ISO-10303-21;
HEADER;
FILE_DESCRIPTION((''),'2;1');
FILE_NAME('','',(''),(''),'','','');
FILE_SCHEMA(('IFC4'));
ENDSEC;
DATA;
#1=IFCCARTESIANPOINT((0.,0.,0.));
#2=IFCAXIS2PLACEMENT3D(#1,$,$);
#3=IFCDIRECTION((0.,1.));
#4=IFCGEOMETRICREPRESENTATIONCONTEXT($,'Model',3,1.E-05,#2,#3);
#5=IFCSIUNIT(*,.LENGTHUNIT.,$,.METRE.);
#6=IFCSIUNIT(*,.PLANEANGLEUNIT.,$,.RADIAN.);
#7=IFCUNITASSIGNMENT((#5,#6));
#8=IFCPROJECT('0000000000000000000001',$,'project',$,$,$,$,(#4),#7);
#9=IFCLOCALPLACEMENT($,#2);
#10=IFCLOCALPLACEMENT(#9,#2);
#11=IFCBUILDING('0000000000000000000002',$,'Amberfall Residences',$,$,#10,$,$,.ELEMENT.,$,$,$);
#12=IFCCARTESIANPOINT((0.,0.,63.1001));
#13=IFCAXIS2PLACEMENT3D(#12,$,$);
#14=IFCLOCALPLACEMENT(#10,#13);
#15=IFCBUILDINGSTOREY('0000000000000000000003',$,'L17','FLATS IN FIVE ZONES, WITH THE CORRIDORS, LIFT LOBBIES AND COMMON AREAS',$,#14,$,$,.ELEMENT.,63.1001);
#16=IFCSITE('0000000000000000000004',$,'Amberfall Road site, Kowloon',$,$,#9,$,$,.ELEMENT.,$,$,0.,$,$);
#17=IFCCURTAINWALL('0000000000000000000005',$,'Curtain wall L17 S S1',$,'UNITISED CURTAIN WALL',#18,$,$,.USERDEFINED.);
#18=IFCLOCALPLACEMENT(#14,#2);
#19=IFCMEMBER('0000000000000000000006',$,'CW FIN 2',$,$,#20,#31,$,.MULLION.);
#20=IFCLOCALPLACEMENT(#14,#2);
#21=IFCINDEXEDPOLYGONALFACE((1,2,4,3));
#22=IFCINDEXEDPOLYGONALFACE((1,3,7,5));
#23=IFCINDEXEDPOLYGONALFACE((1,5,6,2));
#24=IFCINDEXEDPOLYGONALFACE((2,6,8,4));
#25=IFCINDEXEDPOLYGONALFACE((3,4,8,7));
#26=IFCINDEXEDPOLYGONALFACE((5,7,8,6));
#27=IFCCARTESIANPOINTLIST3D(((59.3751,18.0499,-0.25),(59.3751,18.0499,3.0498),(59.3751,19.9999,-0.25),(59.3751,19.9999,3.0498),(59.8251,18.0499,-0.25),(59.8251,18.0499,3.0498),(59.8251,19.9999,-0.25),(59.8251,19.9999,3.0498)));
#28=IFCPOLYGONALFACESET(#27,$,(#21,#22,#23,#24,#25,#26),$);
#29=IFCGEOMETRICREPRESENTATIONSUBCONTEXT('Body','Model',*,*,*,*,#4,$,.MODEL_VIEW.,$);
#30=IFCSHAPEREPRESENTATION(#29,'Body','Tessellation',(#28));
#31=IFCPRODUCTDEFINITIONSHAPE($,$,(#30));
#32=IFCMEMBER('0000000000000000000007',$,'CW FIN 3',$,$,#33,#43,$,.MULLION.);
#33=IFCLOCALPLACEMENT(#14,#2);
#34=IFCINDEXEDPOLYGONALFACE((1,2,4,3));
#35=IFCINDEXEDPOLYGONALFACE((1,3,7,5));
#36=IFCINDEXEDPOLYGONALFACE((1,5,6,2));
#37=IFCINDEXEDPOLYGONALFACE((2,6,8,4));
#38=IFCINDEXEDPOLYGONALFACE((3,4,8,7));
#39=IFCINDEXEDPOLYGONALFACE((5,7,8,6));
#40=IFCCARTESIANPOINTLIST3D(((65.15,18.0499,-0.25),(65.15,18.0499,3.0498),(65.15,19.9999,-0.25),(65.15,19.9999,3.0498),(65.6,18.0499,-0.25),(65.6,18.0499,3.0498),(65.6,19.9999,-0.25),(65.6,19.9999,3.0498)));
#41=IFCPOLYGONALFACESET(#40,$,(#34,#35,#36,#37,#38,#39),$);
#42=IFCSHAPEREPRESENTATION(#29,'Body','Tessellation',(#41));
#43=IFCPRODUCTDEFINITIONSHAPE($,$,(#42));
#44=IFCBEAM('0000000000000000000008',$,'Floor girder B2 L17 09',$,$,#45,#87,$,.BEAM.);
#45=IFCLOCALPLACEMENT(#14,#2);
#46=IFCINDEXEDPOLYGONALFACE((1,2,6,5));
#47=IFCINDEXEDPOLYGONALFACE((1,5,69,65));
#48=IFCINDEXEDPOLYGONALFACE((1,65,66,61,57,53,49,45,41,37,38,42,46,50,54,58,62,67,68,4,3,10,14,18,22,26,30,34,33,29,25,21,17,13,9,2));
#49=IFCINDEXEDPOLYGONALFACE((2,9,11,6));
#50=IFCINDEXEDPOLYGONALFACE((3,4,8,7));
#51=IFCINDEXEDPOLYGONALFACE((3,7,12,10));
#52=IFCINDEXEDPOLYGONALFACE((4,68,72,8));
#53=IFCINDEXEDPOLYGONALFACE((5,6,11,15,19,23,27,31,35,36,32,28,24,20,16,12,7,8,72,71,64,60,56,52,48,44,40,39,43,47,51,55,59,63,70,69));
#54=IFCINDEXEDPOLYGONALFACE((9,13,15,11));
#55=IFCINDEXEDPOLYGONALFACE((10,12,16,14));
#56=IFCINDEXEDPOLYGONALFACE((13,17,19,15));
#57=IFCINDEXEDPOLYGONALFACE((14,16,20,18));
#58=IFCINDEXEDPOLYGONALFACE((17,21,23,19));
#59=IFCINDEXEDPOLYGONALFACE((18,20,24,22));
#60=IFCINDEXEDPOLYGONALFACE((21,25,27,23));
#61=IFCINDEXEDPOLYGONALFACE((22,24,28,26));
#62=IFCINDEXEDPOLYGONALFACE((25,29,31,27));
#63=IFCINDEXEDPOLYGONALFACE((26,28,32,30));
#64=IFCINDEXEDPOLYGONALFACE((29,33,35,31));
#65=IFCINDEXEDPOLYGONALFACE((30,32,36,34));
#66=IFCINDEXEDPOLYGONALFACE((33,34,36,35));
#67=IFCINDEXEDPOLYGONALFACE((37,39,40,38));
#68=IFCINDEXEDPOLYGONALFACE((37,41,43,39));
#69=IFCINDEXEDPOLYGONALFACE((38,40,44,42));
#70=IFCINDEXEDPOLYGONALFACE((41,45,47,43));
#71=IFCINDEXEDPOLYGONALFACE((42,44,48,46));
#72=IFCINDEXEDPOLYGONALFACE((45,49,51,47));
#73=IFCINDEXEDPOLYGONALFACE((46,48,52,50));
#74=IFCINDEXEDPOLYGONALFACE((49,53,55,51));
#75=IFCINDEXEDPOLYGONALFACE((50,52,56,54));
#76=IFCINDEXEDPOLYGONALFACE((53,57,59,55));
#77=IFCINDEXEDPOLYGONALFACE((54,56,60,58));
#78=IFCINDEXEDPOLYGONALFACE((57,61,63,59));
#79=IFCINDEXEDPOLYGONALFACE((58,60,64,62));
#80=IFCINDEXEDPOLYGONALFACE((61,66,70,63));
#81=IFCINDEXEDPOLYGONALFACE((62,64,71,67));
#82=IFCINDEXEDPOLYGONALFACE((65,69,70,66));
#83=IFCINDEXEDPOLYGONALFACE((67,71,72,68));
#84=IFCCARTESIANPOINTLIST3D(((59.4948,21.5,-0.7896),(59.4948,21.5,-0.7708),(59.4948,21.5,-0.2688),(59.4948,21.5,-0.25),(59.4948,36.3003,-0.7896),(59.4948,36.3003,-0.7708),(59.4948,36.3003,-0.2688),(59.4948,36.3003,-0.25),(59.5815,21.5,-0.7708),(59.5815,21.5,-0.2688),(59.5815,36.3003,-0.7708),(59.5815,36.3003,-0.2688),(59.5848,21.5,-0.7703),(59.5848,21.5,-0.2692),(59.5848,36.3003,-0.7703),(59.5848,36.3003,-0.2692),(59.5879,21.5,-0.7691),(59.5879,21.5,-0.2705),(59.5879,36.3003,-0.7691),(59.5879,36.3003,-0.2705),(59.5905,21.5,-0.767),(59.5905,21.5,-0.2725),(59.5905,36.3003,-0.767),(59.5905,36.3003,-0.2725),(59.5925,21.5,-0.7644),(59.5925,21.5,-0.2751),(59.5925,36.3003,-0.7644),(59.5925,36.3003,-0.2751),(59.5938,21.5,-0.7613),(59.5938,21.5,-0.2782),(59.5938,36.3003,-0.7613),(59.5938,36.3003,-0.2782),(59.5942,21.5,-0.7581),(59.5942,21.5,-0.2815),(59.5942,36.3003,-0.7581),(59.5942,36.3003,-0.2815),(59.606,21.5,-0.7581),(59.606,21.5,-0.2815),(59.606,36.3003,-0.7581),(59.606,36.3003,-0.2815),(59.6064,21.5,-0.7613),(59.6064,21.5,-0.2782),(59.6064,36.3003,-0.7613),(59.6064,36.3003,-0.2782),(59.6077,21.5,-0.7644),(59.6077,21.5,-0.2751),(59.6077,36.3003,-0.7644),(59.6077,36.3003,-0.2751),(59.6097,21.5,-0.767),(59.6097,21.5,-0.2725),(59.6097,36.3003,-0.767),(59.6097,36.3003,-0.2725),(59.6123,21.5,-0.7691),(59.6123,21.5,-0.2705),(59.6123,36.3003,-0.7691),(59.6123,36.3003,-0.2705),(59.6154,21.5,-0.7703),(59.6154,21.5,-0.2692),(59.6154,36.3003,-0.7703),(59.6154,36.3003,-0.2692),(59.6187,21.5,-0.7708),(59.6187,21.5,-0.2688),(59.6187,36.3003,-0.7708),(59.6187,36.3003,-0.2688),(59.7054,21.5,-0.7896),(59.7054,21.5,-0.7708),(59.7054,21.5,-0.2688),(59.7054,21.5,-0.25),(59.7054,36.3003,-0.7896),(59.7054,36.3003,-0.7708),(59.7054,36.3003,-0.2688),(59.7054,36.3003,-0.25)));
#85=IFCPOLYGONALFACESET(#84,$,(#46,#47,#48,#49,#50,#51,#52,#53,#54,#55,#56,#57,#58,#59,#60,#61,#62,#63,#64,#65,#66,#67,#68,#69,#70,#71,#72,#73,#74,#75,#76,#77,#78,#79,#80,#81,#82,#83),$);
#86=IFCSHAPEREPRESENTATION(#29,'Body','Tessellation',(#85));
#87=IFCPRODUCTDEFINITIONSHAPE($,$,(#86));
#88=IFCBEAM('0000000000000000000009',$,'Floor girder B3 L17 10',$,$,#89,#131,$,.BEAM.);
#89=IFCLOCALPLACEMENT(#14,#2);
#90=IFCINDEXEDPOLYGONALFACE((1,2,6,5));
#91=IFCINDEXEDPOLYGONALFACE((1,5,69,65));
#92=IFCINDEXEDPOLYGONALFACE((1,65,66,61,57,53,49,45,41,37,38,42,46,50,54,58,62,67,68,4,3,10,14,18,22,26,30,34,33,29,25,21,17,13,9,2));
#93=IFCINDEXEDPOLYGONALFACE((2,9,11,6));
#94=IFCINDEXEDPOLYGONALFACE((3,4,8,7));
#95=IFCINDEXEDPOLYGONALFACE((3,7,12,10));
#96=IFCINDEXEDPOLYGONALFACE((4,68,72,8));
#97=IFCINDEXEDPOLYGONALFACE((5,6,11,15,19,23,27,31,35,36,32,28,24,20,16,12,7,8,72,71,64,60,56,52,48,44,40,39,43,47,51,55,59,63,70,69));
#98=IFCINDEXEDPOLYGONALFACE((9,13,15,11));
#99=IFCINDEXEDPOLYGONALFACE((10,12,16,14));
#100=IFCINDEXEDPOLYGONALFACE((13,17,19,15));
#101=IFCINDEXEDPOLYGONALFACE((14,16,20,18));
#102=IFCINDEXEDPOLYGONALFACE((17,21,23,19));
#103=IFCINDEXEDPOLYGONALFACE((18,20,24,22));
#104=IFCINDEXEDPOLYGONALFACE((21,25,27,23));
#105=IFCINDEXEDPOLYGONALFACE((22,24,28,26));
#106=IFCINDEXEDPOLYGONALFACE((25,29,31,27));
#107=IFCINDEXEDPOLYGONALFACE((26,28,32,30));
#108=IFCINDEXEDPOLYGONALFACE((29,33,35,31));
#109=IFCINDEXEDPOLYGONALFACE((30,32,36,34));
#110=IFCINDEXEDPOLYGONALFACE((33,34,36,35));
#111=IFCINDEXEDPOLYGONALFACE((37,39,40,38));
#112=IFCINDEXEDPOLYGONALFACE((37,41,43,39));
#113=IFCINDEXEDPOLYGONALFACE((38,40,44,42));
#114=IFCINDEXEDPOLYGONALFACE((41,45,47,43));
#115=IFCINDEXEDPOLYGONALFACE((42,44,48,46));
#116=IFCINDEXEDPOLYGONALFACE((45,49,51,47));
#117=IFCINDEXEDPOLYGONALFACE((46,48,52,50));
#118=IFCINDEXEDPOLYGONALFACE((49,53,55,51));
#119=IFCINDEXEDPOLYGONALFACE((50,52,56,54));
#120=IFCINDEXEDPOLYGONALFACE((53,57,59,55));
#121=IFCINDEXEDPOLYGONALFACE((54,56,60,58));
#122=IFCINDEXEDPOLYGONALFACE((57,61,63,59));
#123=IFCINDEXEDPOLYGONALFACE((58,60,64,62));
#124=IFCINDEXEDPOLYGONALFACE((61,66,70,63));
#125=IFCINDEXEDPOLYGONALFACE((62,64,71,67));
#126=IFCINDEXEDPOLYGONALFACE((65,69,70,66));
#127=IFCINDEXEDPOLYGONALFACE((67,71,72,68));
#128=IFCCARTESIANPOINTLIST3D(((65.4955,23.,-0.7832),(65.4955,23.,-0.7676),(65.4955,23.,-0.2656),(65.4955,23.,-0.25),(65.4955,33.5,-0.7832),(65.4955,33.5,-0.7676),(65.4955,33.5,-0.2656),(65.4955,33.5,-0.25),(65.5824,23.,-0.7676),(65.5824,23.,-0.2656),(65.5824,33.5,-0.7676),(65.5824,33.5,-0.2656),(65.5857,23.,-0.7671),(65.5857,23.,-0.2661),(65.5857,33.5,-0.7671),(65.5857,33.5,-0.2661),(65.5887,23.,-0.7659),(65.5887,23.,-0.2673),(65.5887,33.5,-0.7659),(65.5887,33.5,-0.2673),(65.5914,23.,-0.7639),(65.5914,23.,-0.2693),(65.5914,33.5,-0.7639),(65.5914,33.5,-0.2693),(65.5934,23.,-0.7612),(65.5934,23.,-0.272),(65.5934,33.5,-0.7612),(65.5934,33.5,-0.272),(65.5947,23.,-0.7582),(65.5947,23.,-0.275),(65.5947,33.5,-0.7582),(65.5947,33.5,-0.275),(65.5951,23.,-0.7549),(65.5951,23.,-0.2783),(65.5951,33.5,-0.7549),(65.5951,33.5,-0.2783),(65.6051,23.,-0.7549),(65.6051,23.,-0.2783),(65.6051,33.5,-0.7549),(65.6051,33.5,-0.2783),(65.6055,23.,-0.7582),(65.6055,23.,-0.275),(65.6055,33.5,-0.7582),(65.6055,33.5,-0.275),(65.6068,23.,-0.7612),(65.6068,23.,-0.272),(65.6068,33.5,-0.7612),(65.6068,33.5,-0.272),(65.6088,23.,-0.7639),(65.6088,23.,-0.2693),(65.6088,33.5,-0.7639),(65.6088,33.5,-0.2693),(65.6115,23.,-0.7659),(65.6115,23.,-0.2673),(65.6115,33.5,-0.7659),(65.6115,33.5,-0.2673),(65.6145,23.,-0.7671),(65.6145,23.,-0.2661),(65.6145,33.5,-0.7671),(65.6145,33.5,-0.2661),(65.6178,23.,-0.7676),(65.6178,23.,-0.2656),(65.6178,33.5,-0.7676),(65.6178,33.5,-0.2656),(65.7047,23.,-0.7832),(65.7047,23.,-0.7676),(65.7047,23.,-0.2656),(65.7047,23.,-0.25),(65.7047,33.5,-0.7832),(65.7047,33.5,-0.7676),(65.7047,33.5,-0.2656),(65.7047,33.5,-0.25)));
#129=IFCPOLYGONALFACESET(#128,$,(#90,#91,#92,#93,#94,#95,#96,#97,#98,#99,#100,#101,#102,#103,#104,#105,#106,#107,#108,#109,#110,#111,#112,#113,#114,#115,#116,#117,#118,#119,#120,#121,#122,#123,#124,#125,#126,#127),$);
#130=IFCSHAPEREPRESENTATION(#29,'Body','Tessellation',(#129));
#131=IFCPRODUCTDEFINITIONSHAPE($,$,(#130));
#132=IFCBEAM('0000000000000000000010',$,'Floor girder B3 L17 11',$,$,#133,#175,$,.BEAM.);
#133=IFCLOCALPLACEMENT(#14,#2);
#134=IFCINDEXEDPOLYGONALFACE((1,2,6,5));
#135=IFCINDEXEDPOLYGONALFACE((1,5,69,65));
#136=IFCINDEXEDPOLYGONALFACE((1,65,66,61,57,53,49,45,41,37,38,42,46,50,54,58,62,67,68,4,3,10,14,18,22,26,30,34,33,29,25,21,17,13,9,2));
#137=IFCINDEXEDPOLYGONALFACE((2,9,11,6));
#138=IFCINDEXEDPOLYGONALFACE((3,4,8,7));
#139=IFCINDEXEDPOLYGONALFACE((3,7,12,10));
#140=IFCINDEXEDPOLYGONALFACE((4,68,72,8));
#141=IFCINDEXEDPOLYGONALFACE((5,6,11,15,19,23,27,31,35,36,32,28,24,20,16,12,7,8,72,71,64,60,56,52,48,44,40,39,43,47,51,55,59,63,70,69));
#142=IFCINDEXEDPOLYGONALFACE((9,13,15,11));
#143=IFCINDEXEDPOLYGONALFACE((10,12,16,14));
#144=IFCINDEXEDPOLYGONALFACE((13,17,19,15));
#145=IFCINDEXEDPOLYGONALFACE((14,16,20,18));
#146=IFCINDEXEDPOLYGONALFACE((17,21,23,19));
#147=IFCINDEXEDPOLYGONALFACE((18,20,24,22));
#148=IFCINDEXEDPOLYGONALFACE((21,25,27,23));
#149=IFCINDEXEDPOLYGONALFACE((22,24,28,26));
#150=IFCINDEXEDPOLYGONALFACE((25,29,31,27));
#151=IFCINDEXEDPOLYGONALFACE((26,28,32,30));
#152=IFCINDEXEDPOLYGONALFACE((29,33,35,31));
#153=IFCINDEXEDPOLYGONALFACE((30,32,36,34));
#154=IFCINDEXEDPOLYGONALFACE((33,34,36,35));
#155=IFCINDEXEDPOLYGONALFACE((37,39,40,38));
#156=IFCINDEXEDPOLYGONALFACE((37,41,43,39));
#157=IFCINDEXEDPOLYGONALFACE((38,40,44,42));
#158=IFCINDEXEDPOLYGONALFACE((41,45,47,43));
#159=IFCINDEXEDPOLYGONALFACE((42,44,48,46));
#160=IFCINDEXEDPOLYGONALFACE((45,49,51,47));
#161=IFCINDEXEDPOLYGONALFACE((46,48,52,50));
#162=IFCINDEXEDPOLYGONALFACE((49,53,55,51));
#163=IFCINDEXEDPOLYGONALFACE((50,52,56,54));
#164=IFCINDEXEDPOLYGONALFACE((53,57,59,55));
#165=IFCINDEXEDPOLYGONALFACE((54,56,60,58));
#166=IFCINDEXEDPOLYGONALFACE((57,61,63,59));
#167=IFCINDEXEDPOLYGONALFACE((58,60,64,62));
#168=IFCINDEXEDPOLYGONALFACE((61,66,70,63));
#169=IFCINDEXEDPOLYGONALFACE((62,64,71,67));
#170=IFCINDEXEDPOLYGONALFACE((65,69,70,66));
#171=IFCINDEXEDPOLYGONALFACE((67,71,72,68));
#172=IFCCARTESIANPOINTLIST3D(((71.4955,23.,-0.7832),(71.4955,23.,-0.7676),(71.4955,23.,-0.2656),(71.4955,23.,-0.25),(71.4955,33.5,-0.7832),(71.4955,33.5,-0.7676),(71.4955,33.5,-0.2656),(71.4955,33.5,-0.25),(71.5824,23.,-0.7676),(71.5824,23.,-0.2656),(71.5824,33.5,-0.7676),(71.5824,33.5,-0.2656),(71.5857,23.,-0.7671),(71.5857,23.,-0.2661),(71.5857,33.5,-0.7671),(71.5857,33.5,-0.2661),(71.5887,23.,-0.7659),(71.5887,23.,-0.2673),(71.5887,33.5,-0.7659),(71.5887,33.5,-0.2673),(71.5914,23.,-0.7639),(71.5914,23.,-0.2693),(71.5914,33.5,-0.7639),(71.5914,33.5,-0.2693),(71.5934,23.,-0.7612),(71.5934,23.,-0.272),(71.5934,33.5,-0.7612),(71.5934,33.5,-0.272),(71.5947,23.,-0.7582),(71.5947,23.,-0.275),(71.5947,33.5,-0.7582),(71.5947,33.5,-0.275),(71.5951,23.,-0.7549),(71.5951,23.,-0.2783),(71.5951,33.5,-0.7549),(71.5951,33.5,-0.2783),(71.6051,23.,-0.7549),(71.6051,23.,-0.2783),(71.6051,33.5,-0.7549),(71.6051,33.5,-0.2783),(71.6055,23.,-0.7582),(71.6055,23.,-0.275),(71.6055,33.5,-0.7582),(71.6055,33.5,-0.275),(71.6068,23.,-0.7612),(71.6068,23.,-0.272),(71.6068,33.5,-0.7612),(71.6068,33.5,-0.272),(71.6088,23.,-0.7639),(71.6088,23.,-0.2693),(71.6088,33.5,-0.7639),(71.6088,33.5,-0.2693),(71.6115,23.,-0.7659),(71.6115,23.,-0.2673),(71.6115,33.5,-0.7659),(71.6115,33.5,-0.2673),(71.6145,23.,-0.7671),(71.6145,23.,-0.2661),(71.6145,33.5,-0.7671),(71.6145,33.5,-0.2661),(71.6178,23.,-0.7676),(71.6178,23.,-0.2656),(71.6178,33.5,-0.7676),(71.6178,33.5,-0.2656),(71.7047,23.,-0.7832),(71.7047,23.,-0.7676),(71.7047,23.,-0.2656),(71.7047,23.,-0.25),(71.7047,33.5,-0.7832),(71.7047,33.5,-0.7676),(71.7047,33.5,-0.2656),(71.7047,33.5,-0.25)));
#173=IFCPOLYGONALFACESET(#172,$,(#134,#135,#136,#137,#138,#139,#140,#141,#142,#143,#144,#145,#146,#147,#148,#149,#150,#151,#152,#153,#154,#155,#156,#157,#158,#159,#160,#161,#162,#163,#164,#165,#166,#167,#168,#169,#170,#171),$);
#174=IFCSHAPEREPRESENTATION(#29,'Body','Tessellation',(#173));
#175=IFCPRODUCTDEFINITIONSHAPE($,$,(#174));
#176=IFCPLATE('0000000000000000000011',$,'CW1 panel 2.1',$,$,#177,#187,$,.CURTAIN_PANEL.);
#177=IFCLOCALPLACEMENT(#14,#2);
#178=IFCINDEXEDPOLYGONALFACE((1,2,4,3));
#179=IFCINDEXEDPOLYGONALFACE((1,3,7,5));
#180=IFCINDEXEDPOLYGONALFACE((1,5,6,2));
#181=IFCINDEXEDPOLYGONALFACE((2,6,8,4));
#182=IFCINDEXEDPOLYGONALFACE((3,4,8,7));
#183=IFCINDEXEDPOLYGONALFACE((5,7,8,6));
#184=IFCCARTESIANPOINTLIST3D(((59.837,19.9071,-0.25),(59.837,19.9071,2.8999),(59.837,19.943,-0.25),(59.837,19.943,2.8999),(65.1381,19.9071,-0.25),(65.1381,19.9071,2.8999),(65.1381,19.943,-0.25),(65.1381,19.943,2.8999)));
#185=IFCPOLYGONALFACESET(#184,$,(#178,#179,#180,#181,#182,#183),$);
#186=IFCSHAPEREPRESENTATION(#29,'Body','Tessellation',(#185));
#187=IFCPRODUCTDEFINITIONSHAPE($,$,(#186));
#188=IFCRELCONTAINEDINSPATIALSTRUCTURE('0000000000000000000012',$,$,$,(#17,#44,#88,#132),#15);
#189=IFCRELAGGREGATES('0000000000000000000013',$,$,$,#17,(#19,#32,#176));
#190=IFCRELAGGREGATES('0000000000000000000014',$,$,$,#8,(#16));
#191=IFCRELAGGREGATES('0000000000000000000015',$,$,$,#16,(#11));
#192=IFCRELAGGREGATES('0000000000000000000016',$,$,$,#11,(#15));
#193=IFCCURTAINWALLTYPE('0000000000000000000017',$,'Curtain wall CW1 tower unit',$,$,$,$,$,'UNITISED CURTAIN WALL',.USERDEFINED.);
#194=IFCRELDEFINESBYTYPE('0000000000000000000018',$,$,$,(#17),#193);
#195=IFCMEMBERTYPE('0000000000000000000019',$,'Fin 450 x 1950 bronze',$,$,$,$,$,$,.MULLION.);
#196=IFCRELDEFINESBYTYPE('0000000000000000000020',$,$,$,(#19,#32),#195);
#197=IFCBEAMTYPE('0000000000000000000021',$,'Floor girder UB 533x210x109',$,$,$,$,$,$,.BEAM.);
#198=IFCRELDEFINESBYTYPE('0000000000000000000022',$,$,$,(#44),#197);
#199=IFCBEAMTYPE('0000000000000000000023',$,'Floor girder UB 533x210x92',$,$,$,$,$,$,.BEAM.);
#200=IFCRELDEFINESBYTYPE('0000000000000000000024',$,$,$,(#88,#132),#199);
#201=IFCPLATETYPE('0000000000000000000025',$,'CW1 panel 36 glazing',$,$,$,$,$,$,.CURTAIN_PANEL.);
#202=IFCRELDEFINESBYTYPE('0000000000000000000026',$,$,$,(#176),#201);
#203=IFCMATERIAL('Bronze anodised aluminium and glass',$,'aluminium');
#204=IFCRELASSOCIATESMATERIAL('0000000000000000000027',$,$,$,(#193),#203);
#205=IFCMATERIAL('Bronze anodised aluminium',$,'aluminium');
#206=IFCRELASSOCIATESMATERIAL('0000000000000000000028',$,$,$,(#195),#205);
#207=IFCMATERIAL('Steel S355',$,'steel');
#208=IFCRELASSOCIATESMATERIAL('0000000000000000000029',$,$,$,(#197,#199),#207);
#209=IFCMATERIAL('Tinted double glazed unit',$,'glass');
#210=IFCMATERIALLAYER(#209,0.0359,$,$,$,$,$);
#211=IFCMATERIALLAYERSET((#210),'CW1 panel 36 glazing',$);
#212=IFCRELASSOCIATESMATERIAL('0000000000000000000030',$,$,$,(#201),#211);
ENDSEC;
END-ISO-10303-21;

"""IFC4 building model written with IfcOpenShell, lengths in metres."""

from ifc_helpers import new_model, si_unit, direction, frame, origin, origin_2d, place, context, subcontext, project, spatial, rectangle, i_section, extrude, material, layer, layer_set, material_profile, profile_set, type_object, element, aggregate, save


model = new_model("IFC4")

# Units and contexts
model_context = context("Model", 3, precision=1e-05, world=origin(), true_north=direction((0.0, 1.0)))
body_context = subcontext(model_context, "Body", "Model", "MODEL_VIEW")
ifc_project = project(units=[si_unit("LENGTHUNIT", "METRE"), si_unit("PLANEANGLEUNIT", "RADIAN")], contexts=[model_context])

# Site, building, storey
site_placement = place(None, origin())
site = spatial("IfcSite", under=ifc_project, at=site_placement, Name="Amberfall Road site, Kowloon", CompositionType="ELEMENT", RefElevation=0.0)
building_placement = place(site_placement, origin())
building = spatial("IfcBuilding", under=site, at=building_placement, Name="Amberfall Residences", CompositionType="ELEMENT")
storey_placement = place(building_placement, frame((0.0, 0.0, 63.1001)))
storey = spatial("IfcBuildingStorey", under=building, at=storey_placement, Name="L17", Description="FLATS IN FIVE ZONES, WITH THE CORRIDORS, LIFT LOBBIES AND COMMON AREAS", CompositionType="ELEMENT", Elevation=63.1001)

# Curtain wall
ifc_material_1 = material(Name="Bronze anodised aluminium and glass", Category="aluminium")
curtain_wall_type = type_object("IfcCurtainWallType", Name="Curtain wall CW1 tower unit", ElementType="UNITISED CURTAIN WALL", PredefinedType="USERDEFINED", material=ifc_material_1)
curtain_wall_placement = place(storey_placement, origin())
curtain_wall = element("IfcCurtainWall", 1, at=curtain_wall_placement, inside=storey, type_object=curtain_wall_type, Name="Curtain wall L17 S S1", ObjectType="UNITISED CURTAIN WALL", PredefinedType="USERDEFINED")
ifc_material_2 = material(Name="Bronze anodised aluminium", Category="aluminium")

# Shared definitions
ifc_material_3 = material(Name="Steel S355", Category="steel")

# Members
ifc_material_profile_1 = material_profile(ifc_material_2, rectangle(XDim=1.95, YDim=0.45, at=origin_2d()), Name="Fin 450 x 1950 bronze")
ifc_profile_set_1 = profile_set([ifc_material_profile_1], Name="Bronze anodised aluminium")
member_type_1 = type_object("IfcMemberType", Name="Fin 450 x 1950 bronze", PredefinedType="MULLION", material=ifc_profile_set_1)
member_1_placement = place(storey_placement, frame((59.6001, 19.0249, -0.25), z_axis=(0.0, 0.0, 1.0), x_axis=(0.0, 1.0, 0.0)))
member_1 = element("IfcMember", 2, at=member_1_placement, type_object=member_type_1, Name="CW FIN 2", PredefinedType="MULLION", context=body_context, shape_type="SweptSolid", body=[
    extrude(rectangle(XDim=1.95, YDim=0.45, at=origin_2d()), origin(), (0.0, 0.0, 1.0), 3.2998),
])
member_2_placement = place(storey_placement, frame((65.375, 19.0249, -0.25), z_axis=(0.0, 0.0, 1.0), x_axis=(0.0, 1.0, 0.0)))
member_2 = element("IfcMember", 3, at=member_2_placement, type_object=member_type_1, Name="CW FIN 3", PredefinedType="MULLION", context=body_context, shape_type="SweptSolid", body=[
    extrude(rectangle(XDim=1.95, YDim=0.45, at=origin_2d()), origin(), (0.0, 0.0, 1.0), 3.2998),
])

# Beams
ifc_material_profile_2 = material_profile(ifc_material_3, i_section(OverallWidth=0.2107, OverallDepth=0.5396, WebThickness=0.0117, FlangeThickness=0.0188, FilletRadius=0.0127, at=origin_2d()), Name="UB 533x210x109")
ifc_profile_set_2 = profile_set([ifc_material_profile_2], Name="Steel S355")
beam_type_1 = type_object("IfcBeamType", Name="Floor girder UB 533x210x109", PredefinedType="BEAM", material=ifc_profile_set_2)
beam_1_placement = place(storey_placement, frame((59.6001, 21.5, -0.5198), z_axis=(0.0, 1.0, 0.0), x_axis=(-1.0, 0.0, 0.0)))
element("IfcBeam", 4, at=beam_1_placement, inside=storey, type_object=beam_type_1, Name="Floor girder B2 L17 09", PredefinedType="BEAM", context=body_context, shape_type="SweptSolid", body=[
    extrude(i_section(OverallWidth=0.2107, OverallDepth=0.5396, WebThickness=0.0117, FlangeThickness=0.0188, FilletRadius=0.0127, at=origin_2d()), origin(), (0.0, 0.0, 1.0), 14.8003),
])
ifc_material_profile_3 = material_profile(ifc_material_3, i_section(OverallWidth=0.2092, OverallDepth=0.5332, WebThickness=0.01, FlangeThickness=0.0156, FilletRadius=0.0127, at=origin_2d()), Name="UB 533x210x92")
ifc_profile_set_3 = profile_set([ifc_material_profile_3], Name="Steel S355")
beam_type_2 = type_object("IfcBeamType", Name="Floor girder UB 533x210x92", PredefinedType="BEAM", material=ifc_profile_set_3)
for number, where, z_axis, x_axis, name in (
    (5, (65.6001, 23.0, -0.5166), (0.0, 1.0, 0.0), (-1.0, 0.0, 0.0), "Floor girder B3 L17 10"),
    (6, (71.6001, 23.0, -0.5166), (0.0, 1.0, 0.0), (-1.0, 0.0, 0.0), "Floor girder B3 L17 11"),
):
    element("IfcBeam", number, at=place(storey_placement, frame(where, z_axis=z_axis, x_axis=x_axis)), inside=storey, type_object=beam_type_2, Name=name, PredefinedType="BEAM", context=body_context, shape_type="SweptSolid", body=[
        extrude(i_section(OverallWidth=0.2092, OverallDepth=0.5332, WebThickness=0.01, FlangeThickness=0.0156, FilletRadius=0.0127, at=origin_2d()), origin(), (0.0, 0.0, 1.0), 10.5),
    ])

# Plate
ifc_material_4 = material(Name="Tinted double glazed unit", Category="glass")
ifc_layer_1 = layer(ifc_material_4, 0.0359)
ifc_layer_set_1 = layer_set([ifc_layer_1], Name="CW1 panel 36 glazing")
plate_type = type_object("IfcPlateType", Name="CW1 panel 36 glazing", PredefinedType="CURTAIN_PANEL", material=ifc_layer_set_1)
plate_placement = place(storey_placement, frame((62.4875, 19.925, -0.25), z_axis=(0.0, 0.0, 1.0), x_axis=(1.0, 0.0, 0.0)))
plate = element("IfcPlate", 7, at=plate_placement, type_object=plate_type, Name="CW1 panel 2.1", PredefinedType="CURTAIN_PANEL", context=body_context, shape_type="SweptSolid", body=[
    extrude(rectangle(XDim=5.301, YDim=0.0359, at=origin_2d()), origin(), (0.0, 0.0, 1.0), 3.1499),
])
aggregate(curtain_wall, [member_1, member_2, plate])

save(model, "model.ifc")
